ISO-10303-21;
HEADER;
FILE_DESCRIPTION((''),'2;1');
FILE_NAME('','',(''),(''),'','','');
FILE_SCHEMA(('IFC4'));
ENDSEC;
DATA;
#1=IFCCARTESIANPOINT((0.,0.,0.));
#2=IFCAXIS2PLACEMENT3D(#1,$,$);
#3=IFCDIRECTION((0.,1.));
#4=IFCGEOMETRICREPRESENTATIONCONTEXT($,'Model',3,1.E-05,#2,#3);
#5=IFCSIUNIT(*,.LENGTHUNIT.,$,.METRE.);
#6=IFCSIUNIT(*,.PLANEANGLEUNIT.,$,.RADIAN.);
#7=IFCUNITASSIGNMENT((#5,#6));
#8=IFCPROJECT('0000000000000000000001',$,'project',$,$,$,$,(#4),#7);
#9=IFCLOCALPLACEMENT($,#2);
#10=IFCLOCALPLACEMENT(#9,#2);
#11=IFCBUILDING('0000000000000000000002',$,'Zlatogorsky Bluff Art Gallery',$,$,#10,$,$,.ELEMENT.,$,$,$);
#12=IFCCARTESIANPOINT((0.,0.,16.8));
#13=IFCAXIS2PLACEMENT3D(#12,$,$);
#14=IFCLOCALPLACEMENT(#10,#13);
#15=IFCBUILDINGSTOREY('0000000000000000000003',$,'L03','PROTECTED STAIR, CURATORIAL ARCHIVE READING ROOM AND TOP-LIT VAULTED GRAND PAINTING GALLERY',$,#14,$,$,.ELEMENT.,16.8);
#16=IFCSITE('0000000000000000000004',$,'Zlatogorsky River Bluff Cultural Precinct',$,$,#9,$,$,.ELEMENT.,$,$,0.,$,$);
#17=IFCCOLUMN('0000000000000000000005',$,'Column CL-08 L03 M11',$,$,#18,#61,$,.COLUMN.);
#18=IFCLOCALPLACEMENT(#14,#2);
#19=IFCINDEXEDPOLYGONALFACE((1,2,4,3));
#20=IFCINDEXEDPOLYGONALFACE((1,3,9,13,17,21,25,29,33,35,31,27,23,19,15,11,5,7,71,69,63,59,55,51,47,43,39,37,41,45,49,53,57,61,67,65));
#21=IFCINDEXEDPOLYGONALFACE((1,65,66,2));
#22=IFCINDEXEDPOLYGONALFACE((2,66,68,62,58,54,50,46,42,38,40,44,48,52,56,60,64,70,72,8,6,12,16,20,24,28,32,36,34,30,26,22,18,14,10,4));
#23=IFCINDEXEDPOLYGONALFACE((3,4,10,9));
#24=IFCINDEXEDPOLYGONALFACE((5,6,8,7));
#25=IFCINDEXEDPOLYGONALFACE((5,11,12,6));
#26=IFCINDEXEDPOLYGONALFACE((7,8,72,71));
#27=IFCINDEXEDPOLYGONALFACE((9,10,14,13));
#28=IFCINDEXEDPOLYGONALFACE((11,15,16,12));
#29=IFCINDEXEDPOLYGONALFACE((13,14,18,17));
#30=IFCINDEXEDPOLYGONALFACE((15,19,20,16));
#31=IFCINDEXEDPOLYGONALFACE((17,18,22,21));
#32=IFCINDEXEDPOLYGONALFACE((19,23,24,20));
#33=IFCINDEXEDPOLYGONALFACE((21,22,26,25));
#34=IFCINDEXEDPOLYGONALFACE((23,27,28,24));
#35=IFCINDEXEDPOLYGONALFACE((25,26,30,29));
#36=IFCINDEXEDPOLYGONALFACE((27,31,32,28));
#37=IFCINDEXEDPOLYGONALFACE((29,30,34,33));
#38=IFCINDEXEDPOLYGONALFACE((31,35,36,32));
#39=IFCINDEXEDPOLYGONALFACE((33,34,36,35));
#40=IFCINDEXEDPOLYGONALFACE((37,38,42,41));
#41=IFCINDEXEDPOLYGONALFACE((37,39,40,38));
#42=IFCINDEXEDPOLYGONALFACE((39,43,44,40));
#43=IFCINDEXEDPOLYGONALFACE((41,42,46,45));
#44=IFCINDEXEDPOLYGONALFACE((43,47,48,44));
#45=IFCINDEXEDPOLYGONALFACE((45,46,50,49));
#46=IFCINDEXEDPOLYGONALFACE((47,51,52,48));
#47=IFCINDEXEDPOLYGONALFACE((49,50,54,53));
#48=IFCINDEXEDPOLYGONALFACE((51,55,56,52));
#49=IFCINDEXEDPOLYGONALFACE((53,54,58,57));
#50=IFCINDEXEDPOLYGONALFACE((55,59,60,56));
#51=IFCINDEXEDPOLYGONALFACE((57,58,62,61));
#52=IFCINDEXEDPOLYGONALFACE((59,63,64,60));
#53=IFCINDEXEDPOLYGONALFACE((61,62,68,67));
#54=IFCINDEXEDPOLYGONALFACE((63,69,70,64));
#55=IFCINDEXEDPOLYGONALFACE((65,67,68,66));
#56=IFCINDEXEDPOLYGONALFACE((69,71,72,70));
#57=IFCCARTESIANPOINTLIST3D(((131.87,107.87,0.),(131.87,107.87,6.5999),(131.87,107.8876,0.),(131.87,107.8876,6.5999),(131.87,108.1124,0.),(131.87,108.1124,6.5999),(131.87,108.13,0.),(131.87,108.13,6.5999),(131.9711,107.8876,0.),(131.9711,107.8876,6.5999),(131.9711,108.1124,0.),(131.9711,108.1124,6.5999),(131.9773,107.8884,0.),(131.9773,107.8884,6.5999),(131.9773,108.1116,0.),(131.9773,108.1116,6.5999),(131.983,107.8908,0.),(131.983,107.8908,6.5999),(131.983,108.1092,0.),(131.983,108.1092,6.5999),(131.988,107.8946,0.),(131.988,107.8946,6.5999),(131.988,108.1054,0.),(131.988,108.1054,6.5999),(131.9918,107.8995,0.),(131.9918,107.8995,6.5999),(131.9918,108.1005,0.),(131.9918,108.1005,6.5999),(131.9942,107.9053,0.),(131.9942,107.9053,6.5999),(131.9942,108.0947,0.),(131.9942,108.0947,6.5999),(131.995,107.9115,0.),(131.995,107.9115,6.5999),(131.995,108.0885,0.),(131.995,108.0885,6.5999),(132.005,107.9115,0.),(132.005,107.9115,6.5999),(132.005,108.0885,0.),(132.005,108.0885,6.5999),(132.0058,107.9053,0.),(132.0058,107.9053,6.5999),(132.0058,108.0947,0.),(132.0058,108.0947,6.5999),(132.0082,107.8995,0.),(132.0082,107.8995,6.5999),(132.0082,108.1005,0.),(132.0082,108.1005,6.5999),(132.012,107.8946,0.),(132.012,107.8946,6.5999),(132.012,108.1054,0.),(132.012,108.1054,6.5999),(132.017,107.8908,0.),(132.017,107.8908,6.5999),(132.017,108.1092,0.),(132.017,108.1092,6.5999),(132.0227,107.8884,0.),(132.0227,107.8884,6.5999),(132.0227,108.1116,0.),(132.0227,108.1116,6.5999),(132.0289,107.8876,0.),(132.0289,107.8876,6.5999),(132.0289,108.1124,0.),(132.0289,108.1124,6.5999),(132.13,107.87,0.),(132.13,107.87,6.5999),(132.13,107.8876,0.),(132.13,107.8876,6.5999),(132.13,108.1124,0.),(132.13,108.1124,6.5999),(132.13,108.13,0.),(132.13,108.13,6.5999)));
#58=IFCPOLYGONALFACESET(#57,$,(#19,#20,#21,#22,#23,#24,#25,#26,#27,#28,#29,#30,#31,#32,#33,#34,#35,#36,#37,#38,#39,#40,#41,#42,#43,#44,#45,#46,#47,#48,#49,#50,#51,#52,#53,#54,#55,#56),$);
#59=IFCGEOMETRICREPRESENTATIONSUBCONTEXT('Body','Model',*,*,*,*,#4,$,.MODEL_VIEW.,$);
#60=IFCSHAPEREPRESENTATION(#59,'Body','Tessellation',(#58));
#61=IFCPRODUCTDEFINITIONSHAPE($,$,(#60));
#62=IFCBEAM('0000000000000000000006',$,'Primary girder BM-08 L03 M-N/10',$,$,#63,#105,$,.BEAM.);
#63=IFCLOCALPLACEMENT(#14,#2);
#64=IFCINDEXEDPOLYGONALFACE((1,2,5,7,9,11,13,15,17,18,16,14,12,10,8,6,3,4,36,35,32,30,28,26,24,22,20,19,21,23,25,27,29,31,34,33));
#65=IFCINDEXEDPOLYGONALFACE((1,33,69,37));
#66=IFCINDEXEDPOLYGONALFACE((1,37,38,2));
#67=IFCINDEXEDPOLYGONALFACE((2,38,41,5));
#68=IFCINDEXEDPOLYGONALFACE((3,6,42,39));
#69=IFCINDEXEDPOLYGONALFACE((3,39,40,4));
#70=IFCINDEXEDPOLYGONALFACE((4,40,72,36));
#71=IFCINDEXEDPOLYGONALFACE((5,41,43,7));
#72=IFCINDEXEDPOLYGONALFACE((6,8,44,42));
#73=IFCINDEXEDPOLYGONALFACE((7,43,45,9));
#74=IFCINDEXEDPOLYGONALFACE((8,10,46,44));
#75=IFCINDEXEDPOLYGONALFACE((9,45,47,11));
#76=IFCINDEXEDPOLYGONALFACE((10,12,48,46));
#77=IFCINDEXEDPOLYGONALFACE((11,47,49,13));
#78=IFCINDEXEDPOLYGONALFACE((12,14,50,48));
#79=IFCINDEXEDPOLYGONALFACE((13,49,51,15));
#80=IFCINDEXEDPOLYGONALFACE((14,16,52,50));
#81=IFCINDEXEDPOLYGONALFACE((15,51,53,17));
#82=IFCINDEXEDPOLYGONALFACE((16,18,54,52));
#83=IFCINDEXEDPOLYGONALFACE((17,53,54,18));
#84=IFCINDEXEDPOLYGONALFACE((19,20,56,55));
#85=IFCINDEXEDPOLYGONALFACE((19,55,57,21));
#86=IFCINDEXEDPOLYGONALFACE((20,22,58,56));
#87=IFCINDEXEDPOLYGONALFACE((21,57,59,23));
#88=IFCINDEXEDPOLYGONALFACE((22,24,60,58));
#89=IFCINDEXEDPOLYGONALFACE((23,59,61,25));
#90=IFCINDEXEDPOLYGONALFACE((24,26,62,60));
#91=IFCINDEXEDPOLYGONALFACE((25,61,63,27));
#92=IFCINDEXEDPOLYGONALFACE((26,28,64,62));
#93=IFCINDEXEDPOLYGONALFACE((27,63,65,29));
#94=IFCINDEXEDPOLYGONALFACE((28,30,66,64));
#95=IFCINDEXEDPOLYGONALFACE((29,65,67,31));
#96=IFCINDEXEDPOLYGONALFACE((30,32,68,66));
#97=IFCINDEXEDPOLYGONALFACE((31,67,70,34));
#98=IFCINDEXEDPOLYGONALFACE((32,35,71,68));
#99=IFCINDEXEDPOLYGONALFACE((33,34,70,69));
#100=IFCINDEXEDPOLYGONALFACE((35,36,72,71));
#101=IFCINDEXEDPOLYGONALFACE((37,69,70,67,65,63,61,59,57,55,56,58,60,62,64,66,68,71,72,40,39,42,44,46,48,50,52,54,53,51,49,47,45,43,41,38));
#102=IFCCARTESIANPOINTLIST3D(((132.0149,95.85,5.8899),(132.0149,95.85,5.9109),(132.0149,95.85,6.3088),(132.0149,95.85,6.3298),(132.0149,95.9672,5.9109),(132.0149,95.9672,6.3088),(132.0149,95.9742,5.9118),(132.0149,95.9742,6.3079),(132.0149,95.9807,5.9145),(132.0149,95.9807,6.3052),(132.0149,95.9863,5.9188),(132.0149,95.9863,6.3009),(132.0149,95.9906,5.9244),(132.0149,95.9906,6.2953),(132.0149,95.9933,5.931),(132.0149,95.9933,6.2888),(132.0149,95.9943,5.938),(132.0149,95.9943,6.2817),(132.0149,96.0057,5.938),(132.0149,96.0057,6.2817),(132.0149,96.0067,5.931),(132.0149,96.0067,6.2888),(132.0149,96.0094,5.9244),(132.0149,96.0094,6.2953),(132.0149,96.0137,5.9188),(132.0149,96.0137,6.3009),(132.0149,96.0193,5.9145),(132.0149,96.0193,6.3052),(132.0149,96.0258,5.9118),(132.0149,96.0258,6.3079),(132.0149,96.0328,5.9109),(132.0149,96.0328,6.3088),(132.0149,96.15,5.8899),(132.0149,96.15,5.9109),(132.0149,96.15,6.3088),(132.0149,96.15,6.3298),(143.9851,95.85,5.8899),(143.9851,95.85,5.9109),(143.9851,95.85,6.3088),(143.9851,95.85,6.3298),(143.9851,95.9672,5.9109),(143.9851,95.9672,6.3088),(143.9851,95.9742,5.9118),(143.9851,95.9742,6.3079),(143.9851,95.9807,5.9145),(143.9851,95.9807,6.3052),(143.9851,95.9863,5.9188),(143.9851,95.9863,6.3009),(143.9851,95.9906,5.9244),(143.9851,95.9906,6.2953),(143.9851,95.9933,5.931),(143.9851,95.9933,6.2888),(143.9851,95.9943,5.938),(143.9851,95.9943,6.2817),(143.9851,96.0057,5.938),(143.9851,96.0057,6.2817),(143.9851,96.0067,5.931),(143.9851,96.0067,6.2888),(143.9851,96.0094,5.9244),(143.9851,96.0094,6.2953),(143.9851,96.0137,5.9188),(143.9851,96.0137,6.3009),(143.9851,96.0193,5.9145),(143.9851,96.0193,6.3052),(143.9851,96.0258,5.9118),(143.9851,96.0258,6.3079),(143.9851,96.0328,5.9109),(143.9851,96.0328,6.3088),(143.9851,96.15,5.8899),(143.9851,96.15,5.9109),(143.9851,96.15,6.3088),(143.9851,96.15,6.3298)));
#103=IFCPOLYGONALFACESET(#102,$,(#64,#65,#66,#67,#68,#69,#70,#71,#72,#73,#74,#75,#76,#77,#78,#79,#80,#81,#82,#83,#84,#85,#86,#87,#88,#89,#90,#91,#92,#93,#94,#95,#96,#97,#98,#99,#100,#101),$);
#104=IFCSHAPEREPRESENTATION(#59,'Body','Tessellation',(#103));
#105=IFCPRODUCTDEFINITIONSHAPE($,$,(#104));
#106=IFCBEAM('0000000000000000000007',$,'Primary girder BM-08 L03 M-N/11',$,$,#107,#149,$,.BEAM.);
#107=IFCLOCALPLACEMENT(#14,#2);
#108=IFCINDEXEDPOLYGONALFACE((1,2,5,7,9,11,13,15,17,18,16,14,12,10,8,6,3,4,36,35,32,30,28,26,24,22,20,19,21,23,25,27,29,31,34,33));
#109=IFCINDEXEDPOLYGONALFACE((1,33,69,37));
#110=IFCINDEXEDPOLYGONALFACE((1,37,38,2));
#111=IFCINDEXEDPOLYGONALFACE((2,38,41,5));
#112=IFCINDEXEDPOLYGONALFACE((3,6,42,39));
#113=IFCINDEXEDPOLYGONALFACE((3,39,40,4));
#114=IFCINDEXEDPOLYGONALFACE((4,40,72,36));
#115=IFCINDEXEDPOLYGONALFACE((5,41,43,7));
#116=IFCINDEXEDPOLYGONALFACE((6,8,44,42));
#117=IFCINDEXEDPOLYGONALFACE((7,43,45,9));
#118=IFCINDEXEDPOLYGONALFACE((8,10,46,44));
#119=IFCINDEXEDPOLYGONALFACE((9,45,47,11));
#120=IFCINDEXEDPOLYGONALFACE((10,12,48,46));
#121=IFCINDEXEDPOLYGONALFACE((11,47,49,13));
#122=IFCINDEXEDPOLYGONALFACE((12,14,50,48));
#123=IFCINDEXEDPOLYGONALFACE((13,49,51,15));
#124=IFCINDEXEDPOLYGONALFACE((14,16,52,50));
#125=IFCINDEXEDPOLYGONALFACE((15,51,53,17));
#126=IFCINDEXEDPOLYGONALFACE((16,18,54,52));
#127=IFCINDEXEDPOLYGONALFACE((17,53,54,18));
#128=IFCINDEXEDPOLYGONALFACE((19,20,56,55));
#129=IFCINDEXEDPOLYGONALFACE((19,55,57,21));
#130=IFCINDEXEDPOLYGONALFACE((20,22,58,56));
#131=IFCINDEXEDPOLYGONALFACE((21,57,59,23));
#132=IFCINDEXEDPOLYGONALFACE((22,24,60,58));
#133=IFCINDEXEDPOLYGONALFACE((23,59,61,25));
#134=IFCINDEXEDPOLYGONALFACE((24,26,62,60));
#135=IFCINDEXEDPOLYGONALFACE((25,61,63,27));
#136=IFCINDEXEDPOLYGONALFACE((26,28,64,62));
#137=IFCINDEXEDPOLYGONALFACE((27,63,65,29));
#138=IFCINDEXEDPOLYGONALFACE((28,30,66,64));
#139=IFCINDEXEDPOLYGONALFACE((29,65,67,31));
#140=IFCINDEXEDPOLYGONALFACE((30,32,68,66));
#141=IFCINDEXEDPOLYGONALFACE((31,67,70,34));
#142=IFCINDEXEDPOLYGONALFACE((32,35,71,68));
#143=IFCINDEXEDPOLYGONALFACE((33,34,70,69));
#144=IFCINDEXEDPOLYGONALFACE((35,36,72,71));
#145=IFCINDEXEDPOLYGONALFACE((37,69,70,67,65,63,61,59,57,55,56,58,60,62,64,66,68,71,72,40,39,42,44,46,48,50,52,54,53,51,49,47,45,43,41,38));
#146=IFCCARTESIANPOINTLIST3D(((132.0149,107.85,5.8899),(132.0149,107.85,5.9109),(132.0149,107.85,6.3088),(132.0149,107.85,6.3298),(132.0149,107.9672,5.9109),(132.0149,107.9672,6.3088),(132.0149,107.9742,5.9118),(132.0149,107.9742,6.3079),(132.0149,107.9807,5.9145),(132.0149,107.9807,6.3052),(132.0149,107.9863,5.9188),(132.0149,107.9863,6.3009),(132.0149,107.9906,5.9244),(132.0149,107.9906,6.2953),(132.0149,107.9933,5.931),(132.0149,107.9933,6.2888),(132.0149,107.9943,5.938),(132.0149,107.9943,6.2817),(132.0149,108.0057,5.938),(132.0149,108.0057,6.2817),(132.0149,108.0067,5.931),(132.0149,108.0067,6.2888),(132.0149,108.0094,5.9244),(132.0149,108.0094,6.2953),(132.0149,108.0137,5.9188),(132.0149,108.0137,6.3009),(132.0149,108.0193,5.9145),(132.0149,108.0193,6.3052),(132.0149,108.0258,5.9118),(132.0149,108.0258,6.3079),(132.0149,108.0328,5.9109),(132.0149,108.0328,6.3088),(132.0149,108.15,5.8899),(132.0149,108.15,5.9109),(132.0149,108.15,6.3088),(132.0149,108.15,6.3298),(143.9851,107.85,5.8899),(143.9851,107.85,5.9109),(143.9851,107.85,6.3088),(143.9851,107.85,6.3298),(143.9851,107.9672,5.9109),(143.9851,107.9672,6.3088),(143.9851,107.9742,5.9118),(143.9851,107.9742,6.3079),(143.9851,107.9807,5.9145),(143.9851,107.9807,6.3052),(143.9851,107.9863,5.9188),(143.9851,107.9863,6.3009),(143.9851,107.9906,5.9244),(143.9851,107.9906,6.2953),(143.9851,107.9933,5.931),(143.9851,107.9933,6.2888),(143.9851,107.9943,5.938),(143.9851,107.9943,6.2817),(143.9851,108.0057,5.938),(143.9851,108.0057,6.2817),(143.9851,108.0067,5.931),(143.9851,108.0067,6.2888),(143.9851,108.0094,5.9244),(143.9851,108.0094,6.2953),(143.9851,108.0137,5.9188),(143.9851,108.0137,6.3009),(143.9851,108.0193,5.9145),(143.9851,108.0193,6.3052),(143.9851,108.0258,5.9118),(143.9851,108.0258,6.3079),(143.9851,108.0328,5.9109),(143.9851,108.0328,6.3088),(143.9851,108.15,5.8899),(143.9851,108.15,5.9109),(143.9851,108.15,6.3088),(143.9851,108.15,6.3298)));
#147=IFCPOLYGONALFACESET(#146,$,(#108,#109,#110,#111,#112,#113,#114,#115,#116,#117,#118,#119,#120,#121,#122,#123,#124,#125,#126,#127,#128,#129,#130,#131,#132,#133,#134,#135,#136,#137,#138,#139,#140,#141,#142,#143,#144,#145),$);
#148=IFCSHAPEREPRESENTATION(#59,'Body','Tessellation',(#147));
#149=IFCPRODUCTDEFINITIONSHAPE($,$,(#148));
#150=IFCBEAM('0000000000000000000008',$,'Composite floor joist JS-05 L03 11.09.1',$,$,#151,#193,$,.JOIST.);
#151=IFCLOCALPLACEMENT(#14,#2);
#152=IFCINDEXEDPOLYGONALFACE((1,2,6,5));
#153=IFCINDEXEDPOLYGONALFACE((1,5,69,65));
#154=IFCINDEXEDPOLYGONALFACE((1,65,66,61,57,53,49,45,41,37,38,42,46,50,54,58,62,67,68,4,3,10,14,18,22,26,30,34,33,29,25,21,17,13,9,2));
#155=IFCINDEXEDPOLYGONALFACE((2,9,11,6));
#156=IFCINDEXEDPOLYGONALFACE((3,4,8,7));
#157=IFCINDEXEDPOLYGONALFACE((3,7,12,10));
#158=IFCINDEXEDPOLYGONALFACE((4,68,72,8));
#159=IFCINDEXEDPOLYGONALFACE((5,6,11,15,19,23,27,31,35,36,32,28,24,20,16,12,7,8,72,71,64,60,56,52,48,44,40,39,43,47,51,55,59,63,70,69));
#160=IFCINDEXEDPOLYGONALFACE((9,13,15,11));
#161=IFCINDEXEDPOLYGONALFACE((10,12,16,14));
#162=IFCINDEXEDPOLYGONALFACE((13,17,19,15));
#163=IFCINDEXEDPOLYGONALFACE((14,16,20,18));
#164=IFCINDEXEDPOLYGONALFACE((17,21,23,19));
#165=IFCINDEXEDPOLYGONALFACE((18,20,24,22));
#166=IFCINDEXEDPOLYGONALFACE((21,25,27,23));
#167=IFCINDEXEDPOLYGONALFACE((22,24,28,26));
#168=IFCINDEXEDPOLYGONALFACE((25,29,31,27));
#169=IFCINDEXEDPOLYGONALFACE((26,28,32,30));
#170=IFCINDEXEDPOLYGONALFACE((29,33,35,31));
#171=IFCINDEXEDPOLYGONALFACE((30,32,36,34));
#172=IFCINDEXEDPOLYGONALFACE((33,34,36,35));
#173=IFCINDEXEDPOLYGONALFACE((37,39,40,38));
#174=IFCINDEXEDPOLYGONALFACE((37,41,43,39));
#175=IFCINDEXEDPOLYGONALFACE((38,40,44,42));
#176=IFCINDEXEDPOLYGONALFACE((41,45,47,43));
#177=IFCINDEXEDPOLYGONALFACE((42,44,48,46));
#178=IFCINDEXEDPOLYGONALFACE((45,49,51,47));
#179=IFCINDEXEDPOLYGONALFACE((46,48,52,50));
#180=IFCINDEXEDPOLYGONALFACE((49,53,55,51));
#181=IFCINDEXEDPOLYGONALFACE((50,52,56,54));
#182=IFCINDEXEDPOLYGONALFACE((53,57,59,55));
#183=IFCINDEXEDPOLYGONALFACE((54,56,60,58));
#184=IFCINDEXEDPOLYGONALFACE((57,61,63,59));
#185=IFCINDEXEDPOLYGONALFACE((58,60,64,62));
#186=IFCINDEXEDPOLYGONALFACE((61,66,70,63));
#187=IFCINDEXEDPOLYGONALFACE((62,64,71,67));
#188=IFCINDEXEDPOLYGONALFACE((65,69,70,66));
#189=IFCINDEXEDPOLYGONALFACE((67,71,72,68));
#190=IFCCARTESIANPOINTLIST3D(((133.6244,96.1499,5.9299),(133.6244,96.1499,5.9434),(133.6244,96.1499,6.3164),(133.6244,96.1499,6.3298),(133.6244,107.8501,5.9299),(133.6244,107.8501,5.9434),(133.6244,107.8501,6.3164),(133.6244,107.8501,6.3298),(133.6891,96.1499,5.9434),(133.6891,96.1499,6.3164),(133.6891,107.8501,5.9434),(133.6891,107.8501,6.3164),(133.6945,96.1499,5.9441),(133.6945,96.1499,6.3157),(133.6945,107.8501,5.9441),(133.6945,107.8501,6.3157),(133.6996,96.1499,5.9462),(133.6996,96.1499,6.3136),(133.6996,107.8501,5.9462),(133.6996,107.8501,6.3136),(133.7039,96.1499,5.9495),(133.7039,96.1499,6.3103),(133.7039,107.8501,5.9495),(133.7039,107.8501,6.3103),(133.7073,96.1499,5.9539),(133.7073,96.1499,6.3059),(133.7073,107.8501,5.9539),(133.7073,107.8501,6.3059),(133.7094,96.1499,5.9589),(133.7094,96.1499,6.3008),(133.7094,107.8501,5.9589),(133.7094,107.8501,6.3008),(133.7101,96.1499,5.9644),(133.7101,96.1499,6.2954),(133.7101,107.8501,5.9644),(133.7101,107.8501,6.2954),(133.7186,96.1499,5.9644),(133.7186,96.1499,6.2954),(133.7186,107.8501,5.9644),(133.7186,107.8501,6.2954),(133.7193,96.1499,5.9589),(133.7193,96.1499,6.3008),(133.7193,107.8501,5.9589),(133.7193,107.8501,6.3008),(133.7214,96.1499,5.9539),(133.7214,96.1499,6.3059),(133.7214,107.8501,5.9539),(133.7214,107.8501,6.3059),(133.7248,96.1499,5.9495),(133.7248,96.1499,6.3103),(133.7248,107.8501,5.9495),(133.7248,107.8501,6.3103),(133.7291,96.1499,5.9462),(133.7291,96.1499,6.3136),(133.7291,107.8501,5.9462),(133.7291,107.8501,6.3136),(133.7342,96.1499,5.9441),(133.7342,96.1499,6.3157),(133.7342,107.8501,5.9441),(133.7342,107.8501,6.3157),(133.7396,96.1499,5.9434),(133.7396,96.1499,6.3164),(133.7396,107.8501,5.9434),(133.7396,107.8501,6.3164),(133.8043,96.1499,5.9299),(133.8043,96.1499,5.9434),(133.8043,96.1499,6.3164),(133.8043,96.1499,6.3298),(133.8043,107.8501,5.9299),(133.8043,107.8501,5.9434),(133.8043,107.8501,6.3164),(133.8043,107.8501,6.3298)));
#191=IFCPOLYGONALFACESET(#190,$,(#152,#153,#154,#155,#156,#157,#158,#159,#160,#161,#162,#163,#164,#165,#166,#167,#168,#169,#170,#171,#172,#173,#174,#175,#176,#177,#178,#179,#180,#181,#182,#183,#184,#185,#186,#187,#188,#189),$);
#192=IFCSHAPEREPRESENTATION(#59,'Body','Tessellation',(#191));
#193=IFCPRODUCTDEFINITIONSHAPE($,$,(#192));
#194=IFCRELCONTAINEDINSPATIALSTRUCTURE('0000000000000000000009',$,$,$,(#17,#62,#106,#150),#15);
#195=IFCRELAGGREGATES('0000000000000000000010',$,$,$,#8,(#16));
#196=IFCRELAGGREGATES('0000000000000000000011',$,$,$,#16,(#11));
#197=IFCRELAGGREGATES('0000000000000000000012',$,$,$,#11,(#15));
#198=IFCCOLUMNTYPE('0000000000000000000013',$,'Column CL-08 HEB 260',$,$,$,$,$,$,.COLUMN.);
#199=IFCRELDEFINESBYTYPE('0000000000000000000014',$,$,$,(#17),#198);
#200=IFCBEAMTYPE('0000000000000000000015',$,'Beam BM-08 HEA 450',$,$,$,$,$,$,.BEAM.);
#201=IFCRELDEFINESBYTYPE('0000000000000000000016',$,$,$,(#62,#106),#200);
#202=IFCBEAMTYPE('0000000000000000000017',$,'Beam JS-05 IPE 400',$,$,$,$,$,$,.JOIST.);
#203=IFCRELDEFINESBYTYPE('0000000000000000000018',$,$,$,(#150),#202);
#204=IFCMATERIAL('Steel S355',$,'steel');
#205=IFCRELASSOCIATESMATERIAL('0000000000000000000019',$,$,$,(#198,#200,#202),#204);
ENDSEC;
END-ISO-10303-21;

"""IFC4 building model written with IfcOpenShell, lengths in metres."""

from ifc_helpers import new_model, si_unit, direction, frame, origin, origin_2d, place, context, subcontext, project, spatial, i_section, extrude, material, material_profile, profile_set, type_object, element, save


model = new_model("IFC4")

# Units and contexts
model_context = context("Model", 3, precision=1e-05, world=origin(), true_north=direction((0.0, 1.0)))
body_context = subcontext(model_context, "Body", "Model", "MODEL_VIEW")
ifc_project = project(units=[si_unit("LENGTHUNIT", "METRE"), si_unit("PLANEANGLEUNIT", "RADIAN")], contexts=[model_context])

# Site, building, storey
site_placement = place(None, origin())
site = spatial("IfcSite", under=ifc_project, at=site_placement, Name="Zlatogorsky River Bluff Cultural Precinct", CompositionType="ELEMENT", RefElevation=0.0)
building_placement = place(site_placement, origin())
building = spatial("IfcBuilding", under=site, at=building_placement, Name="Zlatogorsky Bluff Art Gallery", CompositionType="ELEMENT")
storey_placement = place(building_placement, frame((0.0, 0.0, 16.8)))
storey = spatial("IfcBuildingStorey", under=building, at=storey_placement, Name="L03", Description="PROTECTED STAIR, CURATORIAL ARCHIVE READING ROOM AND TOP-LIT VAULTED GRAND PAINTING GALLERY", CompositionType="ELEMENT", Elevation=16.8)

# Column
ifc_material_1 = material(Name="Steel S355", Category="steel")
ifc_material_profile_1 = material_profile(ifc_material_1, i_section(OverallWidth=0.26, OverallDepth=0.26, WebThickness=0.01, FlangeThickness=0.0176, FilletRadius=0.0239, at=origin_2d()), Name="HEB 260")
ifc_profile_set_1 = profile_set([ifc_material_profile_1], Name="Steel S355")
column_type = type_object("IfcColumnType", Name="Column CL-08 HEB 260", PredefinedType="COLUMN", material=ifc_profile_set_1)
column_placement = place(storey_placement, frame((132.0, 108.0, 0.0), z_axis=(0.0, 0.0, 1.0), x_axis=(1.0, 0.0, 0.0)))
element("IfcColumn", 1, at=column_placement, inside=storey, type_object=column_type, Name="Column CL-08 L03 M11", PredefinedType="COLUMN", context=body_context, shape_type="SweptSolid", body=[
    extrude(i_section(OverallWidth=0.26, OverallDepth=0.26, WebThickness=0.01, FlangeThickness=0.0176, FilletRadius=0.0239, at=origin_2d()), origin(), (0.0, 0.0, 1.0), 6.5999),
])

# Beams
ifc_material_profile_2 = material_profile(ifc_material_1, i_section(OverallWidth=0.3, OverallDepth=0.4399, WebThickness=0.0115, FlangeThickness=0.021, FilletRadius=0.0271, at=origin_2d()), Name="HEA 450")
ifc_profile_set_2 = profile_set([ifc_material_profile_2], Name="Steel S355")
beam_type_1 = type_object("IfcBeamType", Name="Beam BM-08 HEA 450", PredefinedType="BEAM", material=ifc_profile_set_2)
for number, where, z_axis, x_axis, name in (
    (2, (132.0149, 96.0, 6.1099), (1.0, 0.0, 0.0), (0.0, 1.0, 0.0), "Primary girder BM-08 L03 M-N/10"),
    (3, (132.0149, 108.0, 6.1099), (1.0, 0.0, 0.0), (0.0, 1.0, 0.0), "Primary girder BM-08 L03 M-N/11"),
):
    element("IfcBeam", number, at=place(storey_placement, frame(where, z_axis=z_axis, x_axis=x_axis)), inside=storey, type_object=beam_type_1, Name=name, PredefinedType="BEAM", context=body_context, shape_type="SweptSolid", body=[
        extrude(i_section(OverallWidth=0.3, OverallDepth=0.4399, WebThickness=0.0115, FlangeThickness=0.021, FilletRadius=0.0271, at=origin_2d()), origin(), (0.0, 0.0, 1.0), 11.9702),
    ])
ifc_material_profile_3 = material_profile(ifc_material_1, i_section(OverallWidth=0.1799, OverallDepth=0.3999, WebThickness=0.0085, FlangeThickness=0.0134, FilletRadius=0.021, at=origin_2d()), Name="IPE 400")
ifc_profile_set_3 = profile_set([ifc_material_profile_3], Name="Steel S355")
beam_type_2 = type_object("IfcBeamType", Name="Beam JS-05 IPE 400", PredefinedType="JOIST", material=ifc_profile_set_3)
for number, where, z_axis, x_axis, name in (
    (4, (133.7144, 96.1499, 6.1299), (0.0, 1.0, 0.0), (-1.0, 0.0, 0.0), "Composite floor joist JS-05 L03 11.09.1"),
):
    element("IfcBeam", number, at=place(storey_placement, frame(where, z_axis=z_axis, x_axis=x_axis)), inside=storey, type_object=beam_type_2, Name=name, PredefinedType="JOIST", context=body_context, shape_type="SweptSolid", body=[
        extrude(i_section(OverallWidth=0.1799, OverallDepth=0.3999, WebThickness=0.0085, FlangeThickness=0.0134, FilletRadius=0.021, at=origin_2d()), origin(), (0.0, 0.0, 1.0), 11.7002),
    ])

save(model, "model.ifc")
